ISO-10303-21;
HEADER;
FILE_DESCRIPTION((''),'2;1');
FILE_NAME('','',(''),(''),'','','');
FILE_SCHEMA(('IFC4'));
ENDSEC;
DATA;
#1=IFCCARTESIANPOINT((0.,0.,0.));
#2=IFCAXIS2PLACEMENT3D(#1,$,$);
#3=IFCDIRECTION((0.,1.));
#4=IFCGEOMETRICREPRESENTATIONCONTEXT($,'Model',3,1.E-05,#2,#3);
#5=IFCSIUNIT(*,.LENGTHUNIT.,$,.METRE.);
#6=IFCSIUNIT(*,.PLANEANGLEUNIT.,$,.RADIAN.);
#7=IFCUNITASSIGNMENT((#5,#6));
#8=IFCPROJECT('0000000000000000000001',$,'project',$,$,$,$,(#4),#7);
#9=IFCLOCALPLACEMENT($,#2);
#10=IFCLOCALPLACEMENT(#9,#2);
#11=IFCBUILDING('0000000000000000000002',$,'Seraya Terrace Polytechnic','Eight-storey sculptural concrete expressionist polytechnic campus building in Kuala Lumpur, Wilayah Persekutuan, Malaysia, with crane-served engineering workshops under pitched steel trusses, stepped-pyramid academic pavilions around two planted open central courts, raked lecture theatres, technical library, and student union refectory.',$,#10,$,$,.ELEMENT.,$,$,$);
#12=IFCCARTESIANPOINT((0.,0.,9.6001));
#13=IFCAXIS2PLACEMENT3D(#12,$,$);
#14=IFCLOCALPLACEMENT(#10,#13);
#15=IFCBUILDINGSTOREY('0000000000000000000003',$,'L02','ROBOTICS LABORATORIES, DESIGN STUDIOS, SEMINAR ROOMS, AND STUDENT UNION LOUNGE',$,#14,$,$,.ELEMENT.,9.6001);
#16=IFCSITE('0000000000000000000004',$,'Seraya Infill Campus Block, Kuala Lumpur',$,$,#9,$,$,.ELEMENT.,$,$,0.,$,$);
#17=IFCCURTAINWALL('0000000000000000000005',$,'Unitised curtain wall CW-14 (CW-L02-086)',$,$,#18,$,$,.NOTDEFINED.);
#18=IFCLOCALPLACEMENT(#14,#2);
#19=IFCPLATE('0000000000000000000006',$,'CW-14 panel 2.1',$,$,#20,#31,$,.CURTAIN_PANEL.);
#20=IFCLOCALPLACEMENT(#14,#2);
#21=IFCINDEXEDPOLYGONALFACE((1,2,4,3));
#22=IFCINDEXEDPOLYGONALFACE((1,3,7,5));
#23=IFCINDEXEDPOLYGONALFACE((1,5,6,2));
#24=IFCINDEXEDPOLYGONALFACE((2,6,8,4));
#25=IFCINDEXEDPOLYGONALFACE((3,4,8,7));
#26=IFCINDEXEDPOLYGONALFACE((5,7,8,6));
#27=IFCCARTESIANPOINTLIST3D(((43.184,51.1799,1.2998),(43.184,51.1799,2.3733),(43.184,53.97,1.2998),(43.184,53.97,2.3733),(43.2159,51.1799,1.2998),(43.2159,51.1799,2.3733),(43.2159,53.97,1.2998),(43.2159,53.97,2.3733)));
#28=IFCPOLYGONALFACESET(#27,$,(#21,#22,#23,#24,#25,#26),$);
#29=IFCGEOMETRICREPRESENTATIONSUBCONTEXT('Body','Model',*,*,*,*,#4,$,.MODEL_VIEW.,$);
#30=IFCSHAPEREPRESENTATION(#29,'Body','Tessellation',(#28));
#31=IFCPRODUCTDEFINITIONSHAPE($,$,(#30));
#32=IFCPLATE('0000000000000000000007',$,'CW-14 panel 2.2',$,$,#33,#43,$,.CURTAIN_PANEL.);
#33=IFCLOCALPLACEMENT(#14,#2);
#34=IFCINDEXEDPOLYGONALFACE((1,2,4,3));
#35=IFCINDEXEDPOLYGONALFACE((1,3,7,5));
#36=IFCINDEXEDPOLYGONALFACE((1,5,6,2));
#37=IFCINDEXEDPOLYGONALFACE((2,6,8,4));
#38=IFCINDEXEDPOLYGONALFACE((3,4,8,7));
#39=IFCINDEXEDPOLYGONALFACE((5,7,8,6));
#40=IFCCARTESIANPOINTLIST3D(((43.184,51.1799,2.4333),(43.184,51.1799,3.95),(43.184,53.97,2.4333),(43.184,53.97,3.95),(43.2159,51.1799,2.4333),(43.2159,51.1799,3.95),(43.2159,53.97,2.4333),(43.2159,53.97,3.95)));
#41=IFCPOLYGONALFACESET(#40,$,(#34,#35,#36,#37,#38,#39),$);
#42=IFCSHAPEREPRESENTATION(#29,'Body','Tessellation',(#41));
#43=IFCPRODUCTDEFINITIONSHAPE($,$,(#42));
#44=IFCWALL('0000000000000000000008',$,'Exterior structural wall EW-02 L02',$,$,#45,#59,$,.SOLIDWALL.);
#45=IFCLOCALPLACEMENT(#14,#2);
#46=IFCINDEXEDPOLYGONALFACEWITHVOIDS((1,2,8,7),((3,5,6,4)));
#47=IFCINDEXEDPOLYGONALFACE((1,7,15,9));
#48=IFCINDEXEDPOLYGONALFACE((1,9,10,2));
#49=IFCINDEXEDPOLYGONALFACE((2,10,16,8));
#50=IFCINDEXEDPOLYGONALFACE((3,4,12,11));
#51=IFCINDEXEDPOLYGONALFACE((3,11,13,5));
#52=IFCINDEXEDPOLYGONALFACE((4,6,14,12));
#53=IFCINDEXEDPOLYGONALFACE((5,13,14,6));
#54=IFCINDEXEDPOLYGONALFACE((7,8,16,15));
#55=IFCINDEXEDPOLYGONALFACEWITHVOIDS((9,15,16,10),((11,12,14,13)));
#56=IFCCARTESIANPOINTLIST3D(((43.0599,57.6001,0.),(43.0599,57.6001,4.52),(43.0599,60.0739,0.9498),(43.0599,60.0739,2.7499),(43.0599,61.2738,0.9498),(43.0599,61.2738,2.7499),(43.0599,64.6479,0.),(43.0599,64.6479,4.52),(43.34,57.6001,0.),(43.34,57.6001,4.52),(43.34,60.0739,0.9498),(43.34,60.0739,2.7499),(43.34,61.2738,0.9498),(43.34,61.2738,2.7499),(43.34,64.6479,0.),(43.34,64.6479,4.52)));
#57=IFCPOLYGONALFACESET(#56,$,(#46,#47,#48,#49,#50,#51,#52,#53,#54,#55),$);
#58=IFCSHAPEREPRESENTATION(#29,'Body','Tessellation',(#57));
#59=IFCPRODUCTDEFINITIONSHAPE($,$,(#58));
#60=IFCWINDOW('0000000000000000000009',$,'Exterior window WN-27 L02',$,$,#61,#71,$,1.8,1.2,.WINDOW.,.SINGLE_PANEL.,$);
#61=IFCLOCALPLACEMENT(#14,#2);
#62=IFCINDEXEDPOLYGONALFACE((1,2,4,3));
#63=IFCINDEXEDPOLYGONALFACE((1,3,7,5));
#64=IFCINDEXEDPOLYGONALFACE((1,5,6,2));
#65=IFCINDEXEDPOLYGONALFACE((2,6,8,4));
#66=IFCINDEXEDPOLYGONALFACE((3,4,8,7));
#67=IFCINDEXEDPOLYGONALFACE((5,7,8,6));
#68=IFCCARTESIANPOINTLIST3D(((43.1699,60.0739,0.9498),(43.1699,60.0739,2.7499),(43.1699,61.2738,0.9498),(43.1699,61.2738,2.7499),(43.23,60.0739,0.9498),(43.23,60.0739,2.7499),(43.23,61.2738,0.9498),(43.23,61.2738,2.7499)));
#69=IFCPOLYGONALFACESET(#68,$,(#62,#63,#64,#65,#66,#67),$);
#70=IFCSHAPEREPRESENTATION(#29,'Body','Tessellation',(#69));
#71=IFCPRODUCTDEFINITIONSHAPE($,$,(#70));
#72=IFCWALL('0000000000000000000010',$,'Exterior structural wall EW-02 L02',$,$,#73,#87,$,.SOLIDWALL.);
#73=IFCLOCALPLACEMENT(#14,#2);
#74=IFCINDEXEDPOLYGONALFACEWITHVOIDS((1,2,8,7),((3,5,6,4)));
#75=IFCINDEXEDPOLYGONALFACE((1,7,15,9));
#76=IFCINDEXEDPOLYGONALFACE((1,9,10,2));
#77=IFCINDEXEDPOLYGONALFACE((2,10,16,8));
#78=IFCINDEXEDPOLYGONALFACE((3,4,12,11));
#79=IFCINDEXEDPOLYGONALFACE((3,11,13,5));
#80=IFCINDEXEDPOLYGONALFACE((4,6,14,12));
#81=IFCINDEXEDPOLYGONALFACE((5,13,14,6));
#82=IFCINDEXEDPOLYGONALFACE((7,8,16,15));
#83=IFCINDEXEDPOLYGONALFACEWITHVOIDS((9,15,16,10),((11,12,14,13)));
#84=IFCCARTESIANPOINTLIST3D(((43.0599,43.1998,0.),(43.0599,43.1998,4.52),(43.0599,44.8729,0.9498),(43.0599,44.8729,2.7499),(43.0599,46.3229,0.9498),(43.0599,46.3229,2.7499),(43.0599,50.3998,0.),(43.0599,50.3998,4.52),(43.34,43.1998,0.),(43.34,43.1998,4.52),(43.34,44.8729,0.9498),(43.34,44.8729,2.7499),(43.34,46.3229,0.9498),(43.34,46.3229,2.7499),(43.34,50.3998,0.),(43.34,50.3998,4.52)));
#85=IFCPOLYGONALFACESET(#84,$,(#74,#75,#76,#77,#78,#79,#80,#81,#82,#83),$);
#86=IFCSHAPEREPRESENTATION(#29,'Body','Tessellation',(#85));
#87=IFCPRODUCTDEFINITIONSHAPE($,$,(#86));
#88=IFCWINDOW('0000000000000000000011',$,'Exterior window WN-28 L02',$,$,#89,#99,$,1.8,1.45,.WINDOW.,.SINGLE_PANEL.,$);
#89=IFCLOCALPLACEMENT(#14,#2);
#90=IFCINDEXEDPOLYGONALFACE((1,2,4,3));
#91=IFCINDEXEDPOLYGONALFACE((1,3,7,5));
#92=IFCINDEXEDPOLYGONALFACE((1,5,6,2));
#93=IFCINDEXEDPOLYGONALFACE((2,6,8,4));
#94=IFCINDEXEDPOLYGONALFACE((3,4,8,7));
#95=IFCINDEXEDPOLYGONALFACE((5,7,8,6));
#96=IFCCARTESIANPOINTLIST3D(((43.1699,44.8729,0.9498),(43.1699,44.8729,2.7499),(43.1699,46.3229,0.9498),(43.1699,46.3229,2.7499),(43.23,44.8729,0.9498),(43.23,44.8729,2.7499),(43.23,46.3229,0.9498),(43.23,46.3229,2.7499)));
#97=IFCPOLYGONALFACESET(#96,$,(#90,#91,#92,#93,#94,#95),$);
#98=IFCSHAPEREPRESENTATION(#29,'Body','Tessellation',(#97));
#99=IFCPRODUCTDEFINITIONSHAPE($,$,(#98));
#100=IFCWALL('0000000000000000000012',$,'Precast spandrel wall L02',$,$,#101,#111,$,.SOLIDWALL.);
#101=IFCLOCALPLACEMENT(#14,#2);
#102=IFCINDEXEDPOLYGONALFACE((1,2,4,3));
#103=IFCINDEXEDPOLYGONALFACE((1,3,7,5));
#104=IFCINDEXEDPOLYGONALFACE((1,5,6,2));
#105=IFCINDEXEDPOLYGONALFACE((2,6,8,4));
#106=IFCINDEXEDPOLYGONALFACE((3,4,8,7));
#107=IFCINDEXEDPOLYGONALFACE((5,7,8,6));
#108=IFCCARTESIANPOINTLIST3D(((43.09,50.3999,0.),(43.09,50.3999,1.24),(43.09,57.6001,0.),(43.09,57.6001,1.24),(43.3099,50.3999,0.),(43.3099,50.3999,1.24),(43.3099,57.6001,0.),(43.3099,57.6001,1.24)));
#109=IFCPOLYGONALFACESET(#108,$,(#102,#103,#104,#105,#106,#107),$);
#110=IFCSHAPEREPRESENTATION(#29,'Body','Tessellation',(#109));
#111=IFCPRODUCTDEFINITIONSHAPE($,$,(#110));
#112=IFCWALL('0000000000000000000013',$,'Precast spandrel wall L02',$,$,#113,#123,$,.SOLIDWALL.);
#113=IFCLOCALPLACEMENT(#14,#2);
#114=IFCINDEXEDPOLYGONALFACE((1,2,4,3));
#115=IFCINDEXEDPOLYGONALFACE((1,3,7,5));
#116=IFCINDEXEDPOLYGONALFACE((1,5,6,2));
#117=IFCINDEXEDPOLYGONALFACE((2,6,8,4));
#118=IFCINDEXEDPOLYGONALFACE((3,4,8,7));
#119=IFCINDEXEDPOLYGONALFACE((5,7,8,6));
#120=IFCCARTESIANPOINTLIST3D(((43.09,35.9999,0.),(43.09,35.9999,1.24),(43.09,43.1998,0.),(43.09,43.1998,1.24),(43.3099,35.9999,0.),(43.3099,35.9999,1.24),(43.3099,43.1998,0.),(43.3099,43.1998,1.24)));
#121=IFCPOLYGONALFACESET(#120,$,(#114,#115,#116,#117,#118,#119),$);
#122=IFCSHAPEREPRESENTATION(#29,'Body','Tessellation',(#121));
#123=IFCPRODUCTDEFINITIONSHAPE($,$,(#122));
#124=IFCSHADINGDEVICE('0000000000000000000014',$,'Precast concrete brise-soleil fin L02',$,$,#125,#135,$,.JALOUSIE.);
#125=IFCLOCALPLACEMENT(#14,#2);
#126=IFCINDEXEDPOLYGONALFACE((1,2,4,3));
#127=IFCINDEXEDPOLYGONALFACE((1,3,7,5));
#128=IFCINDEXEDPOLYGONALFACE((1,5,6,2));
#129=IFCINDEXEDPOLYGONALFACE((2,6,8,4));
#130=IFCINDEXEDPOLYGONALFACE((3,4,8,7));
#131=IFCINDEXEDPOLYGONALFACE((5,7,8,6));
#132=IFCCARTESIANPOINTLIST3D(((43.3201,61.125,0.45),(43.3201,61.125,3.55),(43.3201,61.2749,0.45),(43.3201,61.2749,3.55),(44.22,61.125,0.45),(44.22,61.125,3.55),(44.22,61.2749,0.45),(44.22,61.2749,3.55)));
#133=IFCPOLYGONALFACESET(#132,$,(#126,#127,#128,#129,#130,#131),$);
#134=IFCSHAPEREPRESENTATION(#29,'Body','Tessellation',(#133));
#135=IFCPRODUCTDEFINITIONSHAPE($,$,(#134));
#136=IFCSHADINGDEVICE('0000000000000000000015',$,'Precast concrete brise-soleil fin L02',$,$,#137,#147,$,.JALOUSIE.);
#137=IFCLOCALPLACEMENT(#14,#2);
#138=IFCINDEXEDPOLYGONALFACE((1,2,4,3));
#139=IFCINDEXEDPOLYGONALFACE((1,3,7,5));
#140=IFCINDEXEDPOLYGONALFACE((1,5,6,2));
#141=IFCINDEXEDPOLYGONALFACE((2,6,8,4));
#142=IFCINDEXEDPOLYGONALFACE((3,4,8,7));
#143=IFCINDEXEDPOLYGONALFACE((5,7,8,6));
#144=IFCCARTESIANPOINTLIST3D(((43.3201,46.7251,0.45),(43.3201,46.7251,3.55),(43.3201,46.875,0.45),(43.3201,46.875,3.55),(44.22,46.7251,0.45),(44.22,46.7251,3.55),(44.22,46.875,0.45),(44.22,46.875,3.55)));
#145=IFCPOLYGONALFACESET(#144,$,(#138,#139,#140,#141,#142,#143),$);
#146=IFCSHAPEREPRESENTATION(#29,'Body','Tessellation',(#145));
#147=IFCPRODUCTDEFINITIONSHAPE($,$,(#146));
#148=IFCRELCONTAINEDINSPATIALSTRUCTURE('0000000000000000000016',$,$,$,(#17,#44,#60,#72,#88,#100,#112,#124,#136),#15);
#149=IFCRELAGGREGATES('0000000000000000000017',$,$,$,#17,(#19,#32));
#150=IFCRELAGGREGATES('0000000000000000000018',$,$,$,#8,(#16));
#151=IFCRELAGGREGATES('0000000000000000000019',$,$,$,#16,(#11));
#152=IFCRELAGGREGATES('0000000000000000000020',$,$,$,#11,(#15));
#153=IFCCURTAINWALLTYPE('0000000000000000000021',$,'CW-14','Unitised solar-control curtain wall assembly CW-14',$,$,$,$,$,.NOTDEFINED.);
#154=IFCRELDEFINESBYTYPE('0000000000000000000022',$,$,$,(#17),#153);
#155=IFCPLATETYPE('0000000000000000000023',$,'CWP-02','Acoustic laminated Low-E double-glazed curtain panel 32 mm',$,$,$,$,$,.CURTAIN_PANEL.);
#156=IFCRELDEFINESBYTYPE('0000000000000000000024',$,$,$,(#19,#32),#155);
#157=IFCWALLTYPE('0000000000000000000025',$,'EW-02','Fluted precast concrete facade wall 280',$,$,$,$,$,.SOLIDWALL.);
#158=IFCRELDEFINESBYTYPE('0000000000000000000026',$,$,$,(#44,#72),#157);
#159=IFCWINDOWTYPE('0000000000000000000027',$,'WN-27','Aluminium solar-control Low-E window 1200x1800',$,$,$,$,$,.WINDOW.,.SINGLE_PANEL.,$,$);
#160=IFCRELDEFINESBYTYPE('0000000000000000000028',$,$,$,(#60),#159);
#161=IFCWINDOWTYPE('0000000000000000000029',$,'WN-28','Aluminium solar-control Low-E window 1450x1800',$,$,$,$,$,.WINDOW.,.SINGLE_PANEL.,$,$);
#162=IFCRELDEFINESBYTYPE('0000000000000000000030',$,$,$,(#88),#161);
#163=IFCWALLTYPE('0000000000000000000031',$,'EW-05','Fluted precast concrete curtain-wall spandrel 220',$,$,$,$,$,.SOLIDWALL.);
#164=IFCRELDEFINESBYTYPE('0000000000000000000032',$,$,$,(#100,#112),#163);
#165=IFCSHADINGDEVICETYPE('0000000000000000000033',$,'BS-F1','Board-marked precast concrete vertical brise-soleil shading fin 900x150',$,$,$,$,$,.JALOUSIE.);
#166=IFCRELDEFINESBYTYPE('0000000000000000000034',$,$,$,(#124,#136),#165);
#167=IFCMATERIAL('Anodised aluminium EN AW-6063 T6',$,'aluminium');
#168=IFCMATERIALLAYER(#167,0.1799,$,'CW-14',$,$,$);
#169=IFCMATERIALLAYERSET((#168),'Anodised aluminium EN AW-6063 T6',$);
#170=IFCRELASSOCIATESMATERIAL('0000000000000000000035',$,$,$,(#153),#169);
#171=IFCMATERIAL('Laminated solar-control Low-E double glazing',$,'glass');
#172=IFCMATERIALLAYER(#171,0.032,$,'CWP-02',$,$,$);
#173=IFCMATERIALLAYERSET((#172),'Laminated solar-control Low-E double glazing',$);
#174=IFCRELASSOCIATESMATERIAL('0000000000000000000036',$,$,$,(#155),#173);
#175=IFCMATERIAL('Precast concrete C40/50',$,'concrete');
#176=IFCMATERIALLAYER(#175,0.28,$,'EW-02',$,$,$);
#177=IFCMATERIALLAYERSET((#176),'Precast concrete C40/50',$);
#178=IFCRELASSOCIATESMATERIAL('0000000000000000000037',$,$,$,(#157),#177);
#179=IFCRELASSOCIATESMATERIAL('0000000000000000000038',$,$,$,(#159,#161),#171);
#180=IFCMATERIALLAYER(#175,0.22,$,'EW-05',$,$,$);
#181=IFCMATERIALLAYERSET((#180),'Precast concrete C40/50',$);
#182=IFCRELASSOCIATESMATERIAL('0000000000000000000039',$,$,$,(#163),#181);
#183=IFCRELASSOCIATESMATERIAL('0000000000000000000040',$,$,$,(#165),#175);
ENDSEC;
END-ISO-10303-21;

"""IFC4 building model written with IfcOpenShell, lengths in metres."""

from ifc_helpers import new_model, si_unit, direction, frame, frame_2d, origin, origin_2d, place, context, subcontext, project, spatial, rectangle, extrude, material, layer, layer_set, type_object, element, fill, aggregate, save


model = new_model("IFC4")

# Units and contexts
model_context = context("Model", 3, precision=1e-05, world=origin(), true_north=direction((0.0, 1.0)))
body_context = subcontext(model_context, "Body", "Model", "MODEL_VIEW")
ifc_project = project(units=[si_unit("LENGTHUNIT", "METRE"), si_unit("PLANEANGLEUNIT", "RADIAN")], contexts=[model_context])

# Site, building, storey
site_placement = place(None, origin())
site = spatial("IfcSite", under=ifc_project, at=site_placement, Name="Seraya Infill Campus Block, Kuala Lumpur", CompositionType="ELEMENT", RefElevation=0.0)
building_placement = place(site_placement, origin())
building = spatial("IfcBuilding", under=site, at=building_placement, Name="Seraya Terrace Polytechnic", Description="Eight-storey sculptural concrete expressionist polytechnic campus building in Kuala Lumpur, Wilayah Persekutuan, Malaysia, with crane-served engineering workshops under pitched steel trusses, stepped-pyramid academic pavilions around two planted open central courts, raked lecture theatres, technical library, and student union refectory.", CompositionType="ELEMENT")
storey_placement = place(building_placement, frame((0.0, 0.0, 9.6001)))
storey = spatial("IfcBuildingStorey", under=building, at=storey_placement, Name="L02", Description="ROBOTICS LABORATORIES, DESIGN STUDIOS, SEMINAR ROOMS, AND STUDENT UNION LOUNGE", CompositionType="ELEMENT", Elevation=9.6001)

# Shared definitions
ifc_material_1 = material(Name="Anodised aluminium EN AW-6063 T6", Category="aluminium")

# Curtain wall
ifc_layer_1 = layer(ifc_material_1, 0.1799, Name="CW-14")
ifc_layer_set_1 = layer_set([ifc_layer_1], Name="Anodised aluminium EN AW-6063 T6")
curtain_wall_type_1 = type_object("IfcCurtainWallType", Name="CW-14", Description="Unitised solar-control curtain wall assembly CW-14", PredefinedType="NOTDEFINED", material=ifc_layer_set_1)
curtain_wall_1_placement = place(storey_placement, origin())
curtain_wall_1 = element("IfcCurtainWall", 1, at=curtain_wall_1_placement, inside=storey, type_object=curtain_wall_type_1, Name="Unitised curtain wall CW-14 (CW-L02-086)", PredefinedType="NOTDEFINED")

# Plates
ifc_material_2 = material(Name="Laminated solar-control Low-E double glazing", Category="glass")
ifc_layer_2 = layer(ifc_material_2, 0.032, Name="CWP-02")
ifc_layer_set_2 = layer_set([ifc_layer_2], Name="Laminated solar-control Low-E double glazing")
plate_type_1 = type_object("IfcPlateType", Name="CWP-02", Description="Acoustic laminated Low-E double-glazed curtain panel 32 mm", PredefinedType="CURTAIN_PANEL", material=ifc_layer_set_2)
plate_1_placement = place(storey_placement, frame((43.2, 52.575, 1.2998), z_axis=(0.0, 0.0, 1.0), x_axis=(0.0, -1.0, 0.0)))
plate_1 = element("IfcPlate", 2, at=plate_1_placement, type_object=plate_type_1, Name="CW-14 panel 2.1", PredefinedType="CURTAIN_PANEL", context=body_context, shape_type="SweptSolid", body=[
    extrude(rectangle(XDim=2.79, YDim=0.032, at=origin_2d()), origin(), (0.0, 0.0, 1.0), 1.0735),
])
plate_2_placement = place(storey_placement, frame((43.2, 52.575, 2.4333), z_axis=(0.0, 0.0, 1.0), x_axis=(0.0, -1.0, 0.0)))
plate_2 = element("IfcPlate", 3, at=plate_2_placement, type_object=plate_type_1, Name="CW-14 panel 2.2", PredefinedType="CURTAIN_PANEL", context=body_context, shape_type="SweptSolid", body=[
    extrude(rectangle(XDim=2.79, YDim=0.032, at=origin_2d()), origin(), (0.0, 0.0, 1.0), 1.5166),
])
aggregate(curtain_wall_1, [plate_1, plate_2])

# Walls, openings, windows
ifc_material_3 = material(Name="Precast concrete C40/50", Category="concrete")
ifc_layer_3 = layer(ifc_material_3, 0.28, Name="EW-02")
ifc_layer_set_3 = layer_set([ifc_layer_3], Name="Precast concrete C40/50")
wall_type_1 = type_object("IfcWallType", Name="EW-02", Description="Fluted precast concrete facade wall 280", PredefinedType="SOLIDWALL", material=ifc_layer_set_3)
wall_1_placement = place(storey_placement, frame((43.2, 64.6479, 0.0), z_axis=(0.0, 0.0, 1.0), x_axis=(0.0, -1.0, 0.0)))
wall_1 = element("IfcWall", 4, at=wall_1_placement, inside=storey, type_object=wall_type_1, Name="Exterior structural wall EW-02 L02", PredefinedType="SOLIDWALL", context=body_context, shape_type="SweptSolid", body=[
    extrude(rectangle(XDim=7.0479, YDim=0.28, at=frame_2d((3.5239, 0.0))), origin(), (0.0, 0.0, 1.0), 4.52),
])
opening_1_placement = place(wall_1_placement, frame((3.374, 0.0, 0.95)))
opening_1 = element("IfcOpeningElement", 5, at=opening_1_placement, cuts=wall_1, PredefinedType="OPENING", context=body_context, shape_type="SweptSolid", body=[
    extrude(rectangle(XDim=1.2, YDim=1.8, at=frame_2d((0.6001, 0.8999))), frame((0.0, 0.1519, 0.0), z_axis=(0.0, -1.0, 0.0), x_axis=(1.0, 0.0, 0.0)), (0.0, 0.0, 1.0), 0.304),
])
window_type_1 = type_object("IfcWindowType", Name="WN-27", Description="Aluminium solar-control Low-E window 1200x1800", PartitioningType="SINGLE_PANEL", PredefinedType="WINDOW", material=ifc_material_2)
window_1_placement = place(opening_1_placement, origin())
window_1 = element("IfcWindow", 6, at=window_1_placement, inside=storey, type_object=window_type_1, Name="Exterior window WN-27 L02", OverallHeight=1.8, OverallWidth=1.2, PartitioningType="SINGLE_PANEL", PredefinedType="WINDOW", context=body_context, shape_type="SweptSolid", body=[
    extrude(rectangle(XDim=1.2, YDim=1.8, at=frame_2d((0.6001, 0.8999))), frame((0.0, 0.03, 0.0), z_axis=(0.0, -1.0, 0.0), x_axis=(1.0, 0.0, 0.0)), (0.0, 0.0, 1.0), 0.0601),
])
fill(opening_1, window_1)
wall_2_placement = place(storey_placement, frame((43.2, 50.3999, 0.0), z_axis=(0.0, 0.0, 1.0), x_axis=(0.0, -1.0, 0.0)))
wall_2 = element("IfcWall", 7, at=wall_2_placement, inside=storey, type_object=wall_type_1, Name="Exterior structural wall EW-02 L02", PredefinedType="SOLIDWALL", context=body_context, shape_type="SweptSolid", body=[
    extrude(rectangle(XDim=7.2, YDim=0.28, at=frame_2d((3.6001, 0.0))), origin(), (0.0, 0.0, 1.0), 4.52),
])
opening_2_placement = place(wall_2_placement, frame((4.0769, 0.0, 0.95)))
opening_2 = element("IfcOpeningElement", 8, at=opening_2_placement, cuts=wall_2, PredefinedType="OPENING", context=body_context, shape_type="SweptSolid", body=[
    extrude(rectangle(XDim=1.45, YDim=1.8, at=frame_2d((0.7251, 0.8999))), frame((0.0, 0.1519, 0.0), z_axis=(0.0, -1.0, 0.0), x_axis=(1.0, 0.0, 0.0)), (0.0, 0.0, 1.0), 0.304),
])
window_type_2 = type_object("IfcWindowType", Name="WN-28", Description="Aluminium solar-control Low-E window 1450x1800", PartitioningType="SINGLE_PANEL", PredefinedType="WINDOW", material=ifc_material_2)
window_2_placement = place(opening_2_placement, origin())
window_2 = element("IfcWindow", 9, at=window_2_placement, inside=storey, type_object=window_type_2, Name="Exterior window WN-28 L02", OverallHeight=1.8, OverallWidth=1.45, PartitioningType="SINGLE_PANEL", PredefinedType="WINDOW", context=body_context, shape_type="SweptSolid", body=[
    extrude(rectangle(XDim=1.45, YDim=1.8, at=frame_2d((0.7251, 0.8999))), frame((0.0, 0.03, 0.0), z_axis=(0.0, -1.0, 0.0), x_axis=(1.0, 0.0, 0.0)), (0.0, 0.0, 1.0), 0.0601),
])
fill(opening_2, window_2)

# Walls
ifc_layer_4 = layer(ifc_material_3, 0.22, Name="EW-05")
ifc_layer_set_4 = layer_set([ifc_layer_4], Name="Precast concrete C40/50")
wall_type_2 = type_object("IfcWallType", Name="EW-05", Description="Fluted precast concrete curtain-wall spandrel 220", PredefinedType="SOLIDWALL", material=ifc_layer_set_4)
wall_3_placement = place(storey_placement, frame((43.2, 57.6001, 0.0), z_axis=(0.0, 0.0, 1.0), x_axis=(0.0, -1.0, 0.0)))
element("IfcWall", 10, at=wall_3_placement, inside=storey, type_object=wall_type_2, Name="Precast spandrel wall L02", PredefinedType="SOLIDWALL", context=body_context, shape_type="SweptSolid", body=[
    extrude(rectangle(XDim=7.2002, YDim=0.22, at=frame_2d((3.6001, 0.0))), origin(), (0.0, 0.0, 1.0), 1.24),
])
wall_4_placement = place(storey_placement, frame((43.2, 43.2, 0.0), z_axis=(0.0, 0.0, 1.0), x_axis=(0.0, -1.0, 0.0)))
element("IfcWall", 11, at=wall_4_placement, inside=storey, type_object=wall_type_2, Name="Precast spandrel wall L02", PredefinedType="SOLIDWALL", context=body_context, shape_type="SweptSolid", body=[
    extrude(rectangle(XDim=7.2, YDim=0.22, at=frame_2d((3.6001, 0.0))), origin(), (0.0, 0.0, 1.0), 1.24),
])

# Shading devices
shading_device_type = type_object("IfcShadingDeviceType", Name="BS-F1", Description="Board-marked precast concrete vertical brise-soleil shading fin 900x150", PredefinedType="JALOUSIE", material=ifc_material_3)
for number, where, z_axis, x_axis, name in (
    (12, (43.77, 61.2, 0.45), (0.0, 0.0, 1.0), (1.0, 0.0, 0.0), "Precast concrete brise-soleil fin L02"),
    (13, (43.77, 46.8, 0.45), (0.0, 0.0, 1.0), (1.0, 0.0, 0.0), "Precast concrete brise-soleil fin L02"),
):
    element("IfcShadingDevice", number, at=place(storey_placement, frame(where, z_axis=z_axis, x_axis=x_axis)), inside=storey, type_object=shading_device_type, Name=name, PredefinedType="JALOUSIE", context=body_context, shape_type="SweptSolid", body=[
        extrude(rectangle(XDim=0.8999, YDim=0.1499, at=origin_2d()), origin(), (0.0, 0.0, 1.0), 3.1001),
    ])

save(model, "model.ifc")
